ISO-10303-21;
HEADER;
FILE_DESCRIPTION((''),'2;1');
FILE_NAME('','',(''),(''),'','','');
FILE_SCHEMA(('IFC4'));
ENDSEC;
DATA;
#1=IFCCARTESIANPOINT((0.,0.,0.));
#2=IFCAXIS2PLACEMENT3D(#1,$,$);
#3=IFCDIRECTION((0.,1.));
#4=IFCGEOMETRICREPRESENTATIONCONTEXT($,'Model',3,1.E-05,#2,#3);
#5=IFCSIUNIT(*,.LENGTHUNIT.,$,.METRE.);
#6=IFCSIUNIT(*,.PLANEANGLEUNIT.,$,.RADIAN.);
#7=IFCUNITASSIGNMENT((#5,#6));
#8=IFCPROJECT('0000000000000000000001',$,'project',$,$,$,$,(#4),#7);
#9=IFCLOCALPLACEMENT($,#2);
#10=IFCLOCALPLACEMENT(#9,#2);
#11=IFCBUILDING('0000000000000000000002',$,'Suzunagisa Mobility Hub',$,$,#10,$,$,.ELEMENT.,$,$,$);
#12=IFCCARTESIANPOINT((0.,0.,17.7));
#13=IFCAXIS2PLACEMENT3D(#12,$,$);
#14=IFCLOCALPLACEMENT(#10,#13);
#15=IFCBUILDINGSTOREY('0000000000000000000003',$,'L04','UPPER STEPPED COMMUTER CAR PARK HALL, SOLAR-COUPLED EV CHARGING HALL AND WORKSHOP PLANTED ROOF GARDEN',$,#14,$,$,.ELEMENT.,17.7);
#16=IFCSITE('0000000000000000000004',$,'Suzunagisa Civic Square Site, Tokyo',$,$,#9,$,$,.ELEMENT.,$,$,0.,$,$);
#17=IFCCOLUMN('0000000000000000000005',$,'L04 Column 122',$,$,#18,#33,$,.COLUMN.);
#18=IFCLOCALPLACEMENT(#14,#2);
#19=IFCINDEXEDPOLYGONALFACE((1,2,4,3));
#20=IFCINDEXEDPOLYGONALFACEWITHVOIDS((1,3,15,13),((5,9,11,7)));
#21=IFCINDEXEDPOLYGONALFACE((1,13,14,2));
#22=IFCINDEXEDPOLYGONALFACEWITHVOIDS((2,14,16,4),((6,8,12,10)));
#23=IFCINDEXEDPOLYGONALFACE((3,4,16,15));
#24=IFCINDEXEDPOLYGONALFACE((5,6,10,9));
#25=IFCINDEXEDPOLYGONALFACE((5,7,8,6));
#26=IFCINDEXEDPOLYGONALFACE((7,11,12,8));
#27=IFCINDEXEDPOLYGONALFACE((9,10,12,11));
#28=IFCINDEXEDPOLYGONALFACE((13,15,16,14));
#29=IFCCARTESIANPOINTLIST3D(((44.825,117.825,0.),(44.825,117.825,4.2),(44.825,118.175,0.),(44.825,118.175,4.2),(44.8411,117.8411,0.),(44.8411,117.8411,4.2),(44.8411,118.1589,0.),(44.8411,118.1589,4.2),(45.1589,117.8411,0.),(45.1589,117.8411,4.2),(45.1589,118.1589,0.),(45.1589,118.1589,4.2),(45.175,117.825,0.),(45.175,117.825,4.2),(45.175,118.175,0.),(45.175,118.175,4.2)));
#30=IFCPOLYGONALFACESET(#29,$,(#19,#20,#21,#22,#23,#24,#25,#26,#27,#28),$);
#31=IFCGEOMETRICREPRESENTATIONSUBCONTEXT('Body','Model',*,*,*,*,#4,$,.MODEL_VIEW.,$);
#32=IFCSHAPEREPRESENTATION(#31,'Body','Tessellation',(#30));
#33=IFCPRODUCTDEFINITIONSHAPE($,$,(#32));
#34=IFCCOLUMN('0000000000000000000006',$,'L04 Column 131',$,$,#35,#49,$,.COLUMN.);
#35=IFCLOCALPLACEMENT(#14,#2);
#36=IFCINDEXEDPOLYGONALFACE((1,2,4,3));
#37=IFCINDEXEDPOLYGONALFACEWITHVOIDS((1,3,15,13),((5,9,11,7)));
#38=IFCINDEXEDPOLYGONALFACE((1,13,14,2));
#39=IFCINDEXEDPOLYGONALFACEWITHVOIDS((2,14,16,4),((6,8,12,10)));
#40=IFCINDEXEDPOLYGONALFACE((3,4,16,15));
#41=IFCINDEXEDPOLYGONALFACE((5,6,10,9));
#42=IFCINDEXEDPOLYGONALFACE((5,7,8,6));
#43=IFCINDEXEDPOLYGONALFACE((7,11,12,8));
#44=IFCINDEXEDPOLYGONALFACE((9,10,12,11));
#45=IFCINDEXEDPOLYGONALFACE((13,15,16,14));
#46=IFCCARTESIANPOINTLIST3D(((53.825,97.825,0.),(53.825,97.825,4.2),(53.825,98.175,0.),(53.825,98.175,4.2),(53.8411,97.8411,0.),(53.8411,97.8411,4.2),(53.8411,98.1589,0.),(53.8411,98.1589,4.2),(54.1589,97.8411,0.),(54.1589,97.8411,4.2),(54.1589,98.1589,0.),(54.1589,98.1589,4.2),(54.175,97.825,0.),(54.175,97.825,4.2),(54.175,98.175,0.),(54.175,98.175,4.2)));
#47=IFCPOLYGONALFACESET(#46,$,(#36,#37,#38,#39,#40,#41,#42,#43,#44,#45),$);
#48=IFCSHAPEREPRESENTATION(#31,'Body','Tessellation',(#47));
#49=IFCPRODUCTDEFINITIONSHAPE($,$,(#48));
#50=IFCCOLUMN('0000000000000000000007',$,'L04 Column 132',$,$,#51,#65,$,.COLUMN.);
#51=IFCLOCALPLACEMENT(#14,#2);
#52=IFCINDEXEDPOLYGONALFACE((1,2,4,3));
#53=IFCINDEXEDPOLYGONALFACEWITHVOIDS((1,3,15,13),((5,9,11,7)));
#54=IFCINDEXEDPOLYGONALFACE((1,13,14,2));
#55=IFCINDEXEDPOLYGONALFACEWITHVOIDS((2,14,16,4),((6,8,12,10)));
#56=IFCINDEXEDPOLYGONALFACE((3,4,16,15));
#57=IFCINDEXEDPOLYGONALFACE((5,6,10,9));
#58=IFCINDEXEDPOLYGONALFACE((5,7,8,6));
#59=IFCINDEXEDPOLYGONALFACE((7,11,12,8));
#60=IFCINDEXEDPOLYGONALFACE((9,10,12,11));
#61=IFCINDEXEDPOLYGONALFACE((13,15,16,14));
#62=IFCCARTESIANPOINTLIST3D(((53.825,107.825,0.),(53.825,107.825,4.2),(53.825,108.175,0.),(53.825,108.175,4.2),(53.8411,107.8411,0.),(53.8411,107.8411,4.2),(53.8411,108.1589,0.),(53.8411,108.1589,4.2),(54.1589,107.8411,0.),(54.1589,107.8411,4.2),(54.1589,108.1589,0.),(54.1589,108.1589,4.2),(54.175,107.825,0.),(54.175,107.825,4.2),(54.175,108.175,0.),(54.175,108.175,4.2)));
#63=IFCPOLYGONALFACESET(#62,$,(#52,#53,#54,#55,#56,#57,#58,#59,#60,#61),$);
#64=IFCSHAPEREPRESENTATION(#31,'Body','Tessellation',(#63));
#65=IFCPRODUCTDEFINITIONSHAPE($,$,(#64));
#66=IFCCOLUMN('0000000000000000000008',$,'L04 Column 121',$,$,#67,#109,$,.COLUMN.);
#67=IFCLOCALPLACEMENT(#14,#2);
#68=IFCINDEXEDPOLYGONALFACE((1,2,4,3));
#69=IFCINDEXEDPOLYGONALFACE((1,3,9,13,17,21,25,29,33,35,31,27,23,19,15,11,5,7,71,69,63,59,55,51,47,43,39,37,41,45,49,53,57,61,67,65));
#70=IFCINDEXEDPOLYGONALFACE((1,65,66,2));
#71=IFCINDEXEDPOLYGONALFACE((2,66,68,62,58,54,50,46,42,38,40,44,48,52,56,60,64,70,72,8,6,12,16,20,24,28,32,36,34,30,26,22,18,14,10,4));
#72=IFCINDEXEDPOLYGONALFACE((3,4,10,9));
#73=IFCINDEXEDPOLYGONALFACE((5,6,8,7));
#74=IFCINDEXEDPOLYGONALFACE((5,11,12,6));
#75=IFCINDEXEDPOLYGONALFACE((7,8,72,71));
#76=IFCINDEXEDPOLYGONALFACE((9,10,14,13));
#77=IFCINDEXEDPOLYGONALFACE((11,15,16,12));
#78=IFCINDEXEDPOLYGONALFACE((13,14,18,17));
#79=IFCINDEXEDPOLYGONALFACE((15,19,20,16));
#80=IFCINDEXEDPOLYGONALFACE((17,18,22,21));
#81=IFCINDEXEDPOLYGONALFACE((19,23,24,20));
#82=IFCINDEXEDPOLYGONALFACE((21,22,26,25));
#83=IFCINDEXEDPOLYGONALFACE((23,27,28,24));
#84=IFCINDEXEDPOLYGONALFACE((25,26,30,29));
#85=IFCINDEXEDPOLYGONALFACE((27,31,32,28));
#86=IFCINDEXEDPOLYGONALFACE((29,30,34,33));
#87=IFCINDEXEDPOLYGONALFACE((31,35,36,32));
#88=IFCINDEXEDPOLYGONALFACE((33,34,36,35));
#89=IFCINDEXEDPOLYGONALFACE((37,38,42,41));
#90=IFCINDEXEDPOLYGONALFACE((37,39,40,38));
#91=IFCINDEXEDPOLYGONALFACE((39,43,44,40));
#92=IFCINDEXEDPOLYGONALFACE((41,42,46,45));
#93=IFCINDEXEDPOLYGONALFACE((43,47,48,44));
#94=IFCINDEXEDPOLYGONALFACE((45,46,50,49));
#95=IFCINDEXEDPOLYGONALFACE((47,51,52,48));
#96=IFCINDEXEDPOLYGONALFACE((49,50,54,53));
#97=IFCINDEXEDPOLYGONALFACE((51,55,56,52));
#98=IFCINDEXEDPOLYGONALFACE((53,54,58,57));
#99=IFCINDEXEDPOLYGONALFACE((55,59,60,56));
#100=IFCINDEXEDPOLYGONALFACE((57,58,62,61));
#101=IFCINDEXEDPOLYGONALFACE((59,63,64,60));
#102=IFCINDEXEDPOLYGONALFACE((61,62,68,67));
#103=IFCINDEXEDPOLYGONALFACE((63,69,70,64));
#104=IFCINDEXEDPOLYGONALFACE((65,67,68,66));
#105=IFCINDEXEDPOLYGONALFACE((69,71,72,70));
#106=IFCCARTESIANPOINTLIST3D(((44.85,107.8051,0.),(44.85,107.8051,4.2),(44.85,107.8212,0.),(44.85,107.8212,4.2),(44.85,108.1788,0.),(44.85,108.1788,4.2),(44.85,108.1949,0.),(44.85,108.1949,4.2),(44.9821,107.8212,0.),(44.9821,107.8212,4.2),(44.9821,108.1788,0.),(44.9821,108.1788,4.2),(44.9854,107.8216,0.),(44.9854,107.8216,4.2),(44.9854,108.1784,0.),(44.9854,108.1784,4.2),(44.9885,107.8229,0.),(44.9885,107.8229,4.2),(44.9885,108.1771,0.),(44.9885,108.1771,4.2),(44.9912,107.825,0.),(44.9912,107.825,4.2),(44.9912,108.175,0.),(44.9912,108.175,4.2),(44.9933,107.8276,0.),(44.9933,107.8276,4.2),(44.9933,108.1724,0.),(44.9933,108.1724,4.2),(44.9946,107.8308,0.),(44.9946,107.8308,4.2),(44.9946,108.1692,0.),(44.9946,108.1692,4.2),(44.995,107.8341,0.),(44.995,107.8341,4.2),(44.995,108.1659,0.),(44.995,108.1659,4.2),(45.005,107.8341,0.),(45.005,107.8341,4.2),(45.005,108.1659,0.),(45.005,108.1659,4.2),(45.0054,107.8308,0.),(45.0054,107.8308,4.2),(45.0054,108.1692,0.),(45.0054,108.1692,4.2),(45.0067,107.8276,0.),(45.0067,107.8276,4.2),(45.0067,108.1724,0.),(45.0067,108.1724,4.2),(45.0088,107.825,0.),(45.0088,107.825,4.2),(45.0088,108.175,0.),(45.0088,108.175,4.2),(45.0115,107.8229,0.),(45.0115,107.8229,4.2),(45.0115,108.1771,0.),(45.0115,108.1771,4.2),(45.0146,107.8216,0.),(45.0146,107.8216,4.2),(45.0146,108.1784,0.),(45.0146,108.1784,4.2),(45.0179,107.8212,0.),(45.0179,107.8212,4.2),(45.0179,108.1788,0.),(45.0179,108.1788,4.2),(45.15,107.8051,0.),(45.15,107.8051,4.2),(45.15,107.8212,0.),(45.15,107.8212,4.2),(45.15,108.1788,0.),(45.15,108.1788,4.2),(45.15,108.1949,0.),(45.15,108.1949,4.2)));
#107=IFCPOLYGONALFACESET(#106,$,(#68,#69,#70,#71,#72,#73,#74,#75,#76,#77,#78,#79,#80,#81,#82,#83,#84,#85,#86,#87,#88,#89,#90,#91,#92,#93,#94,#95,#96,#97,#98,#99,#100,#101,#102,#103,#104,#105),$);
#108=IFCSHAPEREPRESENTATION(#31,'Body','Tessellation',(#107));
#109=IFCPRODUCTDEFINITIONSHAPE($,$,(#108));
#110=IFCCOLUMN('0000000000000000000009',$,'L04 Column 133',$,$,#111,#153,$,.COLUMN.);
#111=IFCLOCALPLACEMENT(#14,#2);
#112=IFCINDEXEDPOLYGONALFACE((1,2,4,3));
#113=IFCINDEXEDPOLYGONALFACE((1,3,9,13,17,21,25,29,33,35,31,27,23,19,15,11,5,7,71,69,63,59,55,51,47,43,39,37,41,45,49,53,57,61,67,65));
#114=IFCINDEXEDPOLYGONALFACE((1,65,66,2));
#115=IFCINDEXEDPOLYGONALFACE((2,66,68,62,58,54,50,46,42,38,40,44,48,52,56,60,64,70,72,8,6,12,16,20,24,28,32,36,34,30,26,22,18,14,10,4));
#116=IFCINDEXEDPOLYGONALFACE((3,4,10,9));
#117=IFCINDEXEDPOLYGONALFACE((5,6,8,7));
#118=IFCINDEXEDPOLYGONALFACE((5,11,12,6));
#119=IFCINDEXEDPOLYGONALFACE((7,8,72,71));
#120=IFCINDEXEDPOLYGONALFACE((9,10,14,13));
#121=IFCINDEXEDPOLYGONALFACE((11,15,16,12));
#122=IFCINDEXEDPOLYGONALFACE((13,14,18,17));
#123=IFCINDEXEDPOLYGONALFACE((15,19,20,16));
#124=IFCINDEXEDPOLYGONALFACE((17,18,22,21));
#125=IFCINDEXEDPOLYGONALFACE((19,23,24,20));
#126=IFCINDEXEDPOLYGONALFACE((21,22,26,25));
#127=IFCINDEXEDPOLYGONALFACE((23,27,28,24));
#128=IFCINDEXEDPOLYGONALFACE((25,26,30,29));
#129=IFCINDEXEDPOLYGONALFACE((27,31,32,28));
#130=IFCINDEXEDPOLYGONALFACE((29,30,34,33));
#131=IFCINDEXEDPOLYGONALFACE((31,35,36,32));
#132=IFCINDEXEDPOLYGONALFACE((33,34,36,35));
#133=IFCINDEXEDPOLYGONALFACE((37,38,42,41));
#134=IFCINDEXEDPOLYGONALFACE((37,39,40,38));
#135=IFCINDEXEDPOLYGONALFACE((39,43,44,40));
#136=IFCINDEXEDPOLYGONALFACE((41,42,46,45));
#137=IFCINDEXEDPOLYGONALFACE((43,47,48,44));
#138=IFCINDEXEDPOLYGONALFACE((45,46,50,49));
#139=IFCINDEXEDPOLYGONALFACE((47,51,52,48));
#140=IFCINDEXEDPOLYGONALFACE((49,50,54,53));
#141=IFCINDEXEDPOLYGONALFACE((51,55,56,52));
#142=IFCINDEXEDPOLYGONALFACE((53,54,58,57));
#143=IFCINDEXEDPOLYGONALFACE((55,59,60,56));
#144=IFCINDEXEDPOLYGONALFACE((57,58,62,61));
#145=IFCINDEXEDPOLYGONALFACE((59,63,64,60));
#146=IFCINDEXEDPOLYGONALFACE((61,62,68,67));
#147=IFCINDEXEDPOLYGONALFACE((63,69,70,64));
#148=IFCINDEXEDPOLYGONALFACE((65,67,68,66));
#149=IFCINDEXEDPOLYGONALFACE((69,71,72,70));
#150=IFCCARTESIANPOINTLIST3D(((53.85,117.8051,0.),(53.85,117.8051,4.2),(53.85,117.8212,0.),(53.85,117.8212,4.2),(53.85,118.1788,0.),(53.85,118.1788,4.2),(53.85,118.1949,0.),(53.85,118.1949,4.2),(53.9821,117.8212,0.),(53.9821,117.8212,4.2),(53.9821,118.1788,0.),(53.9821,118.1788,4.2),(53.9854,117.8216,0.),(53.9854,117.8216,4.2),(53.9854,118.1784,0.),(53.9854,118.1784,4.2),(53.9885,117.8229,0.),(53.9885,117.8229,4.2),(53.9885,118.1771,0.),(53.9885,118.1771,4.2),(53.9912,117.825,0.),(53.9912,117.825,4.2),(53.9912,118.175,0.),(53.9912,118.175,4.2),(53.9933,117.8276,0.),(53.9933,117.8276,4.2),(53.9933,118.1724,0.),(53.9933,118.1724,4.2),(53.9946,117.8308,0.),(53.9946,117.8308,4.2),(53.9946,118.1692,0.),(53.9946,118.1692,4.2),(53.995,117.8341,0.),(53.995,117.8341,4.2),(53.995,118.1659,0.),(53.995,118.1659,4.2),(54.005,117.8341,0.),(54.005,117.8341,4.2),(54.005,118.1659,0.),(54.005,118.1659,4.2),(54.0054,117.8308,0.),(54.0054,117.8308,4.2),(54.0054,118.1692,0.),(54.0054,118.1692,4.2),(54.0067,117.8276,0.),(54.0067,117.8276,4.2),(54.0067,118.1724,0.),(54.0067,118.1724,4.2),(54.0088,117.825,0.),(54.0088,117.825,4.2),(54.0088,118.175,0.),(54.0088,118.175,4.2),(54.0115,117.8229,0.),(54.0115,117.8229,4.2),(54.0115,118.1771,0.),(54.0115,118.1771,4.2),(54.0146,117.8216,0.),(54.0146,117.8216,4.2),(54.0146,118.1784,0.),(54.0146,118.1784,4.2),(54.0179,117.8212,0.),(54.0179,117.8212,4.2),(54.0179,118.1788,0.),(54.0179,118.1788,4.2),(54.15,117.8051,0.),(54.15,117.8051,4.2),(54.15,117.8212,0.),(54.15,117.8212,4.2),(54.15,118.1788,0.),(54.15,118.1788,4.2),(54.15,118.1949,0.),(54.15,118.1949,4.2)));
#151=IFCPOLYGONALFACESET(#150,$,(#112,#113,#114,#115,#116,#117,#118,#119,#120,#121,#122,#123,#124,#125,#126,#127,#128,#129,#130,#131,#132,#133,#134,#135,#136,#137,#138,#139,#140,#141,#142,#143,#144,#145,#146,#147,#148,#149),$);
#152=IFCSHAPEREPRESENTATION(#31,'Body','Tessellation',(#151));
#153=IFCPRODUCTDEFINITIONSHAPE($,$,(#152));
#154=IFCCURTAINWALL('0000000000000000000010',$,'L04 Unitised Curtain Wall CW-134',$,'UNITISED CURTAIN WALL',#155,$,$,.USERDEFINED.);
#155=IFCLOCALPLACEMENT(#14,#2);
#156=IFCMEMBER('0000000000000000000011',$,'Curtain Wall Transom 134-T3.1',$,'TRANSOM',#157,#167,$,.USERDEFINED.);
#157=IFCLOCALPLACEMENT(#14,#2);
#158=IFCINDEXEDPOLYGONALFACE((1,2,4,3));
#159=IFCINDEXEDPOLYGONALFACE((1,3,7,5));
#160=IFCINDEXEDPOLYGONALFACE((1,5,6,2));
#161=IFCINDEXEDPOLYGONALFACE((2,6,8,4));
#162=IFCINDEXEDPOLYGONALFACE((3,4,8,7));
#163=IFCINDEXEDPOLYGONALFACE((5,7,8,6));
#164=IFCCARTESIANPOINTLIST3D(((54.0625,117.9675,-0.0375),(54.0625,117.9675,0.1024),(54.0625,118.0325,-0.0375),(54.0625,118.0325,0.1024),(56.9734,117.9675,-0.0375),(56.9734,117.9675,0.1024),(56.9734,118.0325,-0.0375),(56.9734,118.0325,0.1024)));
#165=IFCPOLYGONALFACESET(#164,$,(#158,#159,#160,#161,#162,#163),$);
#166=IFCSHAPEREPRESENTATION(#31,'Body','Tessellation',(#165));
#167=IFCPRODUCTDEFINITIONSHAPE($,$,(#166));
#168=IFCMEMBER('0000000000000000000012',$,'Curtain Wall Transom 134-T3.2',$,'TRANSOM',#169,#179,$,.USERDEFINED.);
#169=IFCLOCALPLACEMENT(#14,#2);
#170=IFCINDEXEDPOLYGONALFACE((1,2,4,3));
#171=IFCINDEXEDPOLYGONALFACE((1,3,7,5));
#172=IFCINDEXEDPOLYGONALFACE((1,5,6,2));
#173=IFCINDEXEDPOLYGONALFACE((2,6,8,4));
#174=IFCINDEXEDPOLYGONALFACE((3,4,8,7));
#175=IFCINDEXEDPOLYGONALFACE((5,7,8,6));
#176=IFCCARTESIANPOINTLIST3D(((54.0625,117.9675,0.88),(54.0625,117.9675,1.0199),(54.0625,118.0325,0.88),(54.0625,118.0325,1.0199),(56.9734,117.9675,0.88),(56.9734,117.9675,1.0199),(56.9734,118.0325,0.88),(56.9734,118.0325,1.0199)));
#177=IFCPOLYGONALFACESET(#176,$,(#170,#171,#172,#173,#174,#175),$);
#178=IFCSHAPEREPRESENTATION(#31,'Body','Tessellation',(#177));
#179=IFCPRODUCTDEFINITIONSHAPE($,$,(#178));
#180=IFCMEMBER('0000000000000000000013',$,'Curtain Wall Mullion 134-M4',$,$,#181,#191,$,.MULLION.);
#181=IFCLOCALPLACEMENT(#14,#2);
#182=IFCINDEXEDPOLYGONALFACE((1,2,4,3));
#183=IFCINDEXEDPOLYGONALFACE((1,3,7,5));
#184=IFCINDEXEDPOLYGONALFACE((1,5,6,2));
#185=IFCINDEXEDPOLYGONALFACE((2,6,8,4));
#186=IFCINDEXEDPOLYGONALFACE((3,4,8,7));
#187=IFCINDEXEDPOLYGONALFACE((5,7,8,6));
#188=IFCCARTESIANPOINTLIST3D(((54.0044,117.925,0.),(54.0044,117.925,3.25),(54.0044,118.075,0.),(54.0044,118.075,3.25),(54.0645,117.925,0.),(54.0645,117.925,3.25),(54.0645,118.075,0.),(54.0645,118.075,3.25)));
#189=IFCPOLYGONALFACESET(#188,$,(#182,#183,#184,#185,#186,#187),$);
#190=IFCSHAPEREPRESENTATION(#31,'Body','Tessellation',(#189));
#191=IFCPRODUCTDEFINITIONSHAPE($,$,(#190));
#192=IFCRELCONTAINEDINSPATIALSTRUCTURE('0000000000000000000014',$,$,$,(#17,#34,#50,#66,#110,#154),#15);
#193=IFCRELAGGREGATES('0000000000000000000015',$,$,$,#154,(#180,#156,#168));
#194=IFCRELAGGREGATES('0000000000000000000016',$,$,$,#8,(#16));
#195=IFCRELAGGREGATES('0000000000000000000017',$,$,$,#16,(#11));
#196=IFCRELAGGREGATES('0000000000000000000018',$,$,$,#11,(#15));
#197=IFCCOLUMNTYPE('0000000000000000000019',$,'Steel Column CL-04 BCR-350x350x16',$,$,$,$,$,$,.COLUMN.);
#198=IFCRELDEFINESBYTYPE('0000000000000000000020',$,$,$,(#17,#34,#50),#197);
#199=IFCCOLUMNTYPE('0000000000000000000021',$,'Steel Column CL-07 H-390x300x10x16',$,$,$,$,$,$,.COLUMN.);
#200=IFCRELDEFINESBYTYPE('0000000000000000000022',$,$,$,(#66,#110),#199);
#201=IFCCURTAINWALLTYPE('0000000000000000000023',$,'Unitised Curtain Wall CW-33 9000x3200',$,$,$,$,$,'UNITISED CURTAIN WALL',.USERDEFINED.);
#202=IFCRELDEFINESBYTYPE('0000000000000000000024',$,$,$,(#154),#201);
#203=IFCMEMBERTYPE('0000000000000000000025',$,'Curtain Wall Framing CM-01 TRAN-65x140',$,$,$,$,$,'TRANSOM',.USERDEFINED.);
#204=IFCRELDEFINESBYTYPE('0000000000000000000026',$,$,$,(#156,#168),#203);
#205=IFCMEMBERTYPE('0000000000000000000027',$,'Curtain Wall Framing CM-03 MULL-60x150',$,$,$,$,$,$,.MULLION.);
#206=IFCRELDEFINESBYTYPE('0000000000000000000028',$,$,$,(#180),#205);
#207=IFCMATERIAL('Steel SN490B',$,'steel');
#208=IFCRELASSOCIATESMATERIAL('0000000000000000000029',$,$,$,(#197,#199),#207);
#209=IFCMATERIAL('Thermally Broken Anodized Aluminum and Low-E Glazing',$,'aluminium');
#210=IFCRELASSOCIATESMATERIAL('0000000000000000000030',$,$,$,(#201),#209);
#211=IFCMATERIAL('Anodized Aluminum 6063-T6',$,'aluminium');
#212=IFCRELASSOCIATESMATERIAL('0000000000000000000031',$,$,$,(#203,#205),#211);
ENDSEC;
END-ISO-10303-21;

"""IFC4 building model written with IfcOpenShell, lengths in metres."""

from ifc_helpers import new_model, si_unit, direction, frame, origin, origin_2d, place, context, subcontext, project, spatial, rectangle, hollow_rectangle, i_section, extrude, material, material_profile, profile_set, type_object, element, aggregate, save


model = new_model("IFC4")

# Units and contexts
model_context = context("Model", 3, precision=1e-05, world=origin(), true_north=direction((0.0, 1.0)))
body_context = subcontext(model_context, "Body", "Model", "MODEL_VIEW")
ifc_project = project(units=[si_unit("LENGTHUNIT", "METRE"), si_unit("PLANEANGLEUNIT", "RADIAN")], contexts=[model_context])

# Site, building, storey
site_placement = place(None, origin())
site = spatial("IfcSite", under=ifc_project, at=site_placement, Name="Suzunagisa Civic Square Site, Tokyo", CompositionType="ELEMENT", RefElevation=0.0)
building_placement = place(site_placement, origin())
building = spatial("IfcBuilding", under=site, at=building_placement, Name="Suzunagisa Mobility Hub", CompositionType="ELEMENT")
storey_placement = place(building_placement, frame((0.0, 0.0, 17.7)))
storey = spatial("IfcBuildingStorey", under=building, at=storey_placement, Name="L04", Description="UPPER STEPPED COMMUTER CAR PARK HALL, SOLAR-COUPLED EV CHARGING HALL AND WORKSHOP PLANTED ROOF GARDEN", CompositionType="ELEMENT", Elevation=17.7)

# Columns
ifc_material_1 = material(Name="Steel SN490B", Category="steel")
ifc_material_profile_1 = material_profile(ifc_material_1, hollow_rectangle(XDim=0.3501, YDim=0.3501, WallThickness=0.0161, at=origin_2d()), Name="BCR-350x350x16")
ifc_profile_set_1 = profile_set([ifc_material_profile_1], Name="Steel SN490B")
column_type_1 = type_object("IfcColumnType", Name="Steel Column CL-04 BCR-350x350x16", PredefinedType="COLUMN", material=ifc_profile_set_1)
for number, where, z_axis, x_axis, name in (
    (1, (45.0, 118.0, 0.0), (0.0, 0.0, 1.0), (1.0, 0.0, 0.0), "L04 Column 122"),
    (2, (54.0, 98.0, 0.0), (0.0, 0.0, 1.0), (1.0, 0.0, 0.0), "L04 Column 131"),
    (3, (54.0, 108.0, 0.0), (0.0, 0.0, 1.0), (1.0, 0.0, 0.0), "L04 Column 132"),
):
    element("IfcColumn", number, at=place(storey_placement, frame(where, z_axis=z_axis, x_axis=x_axis)), inside=storey, type_object=column_type_1, Name=name, PredefinedType="COLUMN", context=body_context, shape_type="SweptSolid", body=[
        extrude(hollow_rectangle(XDim=0.3501, YDim=0.3501, WallThickness=0.0161, at=origin_2d()), origin(), (0.0, 0.0, 1.0), 4.2),
    ])
ifc_material_profile_2 = material_profile(ifc_material_1, i_section(OverallWidth=0.3, OverallDepth=0.3899, WebThickness=0.01, FlangeThickness=0.0161, FilletRadius=0.0129, at=origin_2d()), Name="H-390x300x10x16")
ifc_profile_set_2 = profile_set([ifc_material_profile_2], Name="Steel SN490B")
column_type_2 = type_object("IfcColumnType", Name="Steel Column CL-07 H-390x300x10x16", PredefinedType="COLUMN", material=ifc_profile_set_2)
for number, where, z_axis, x_axis, name in (
    (4, (45.0, 108.0, 0.0), (0.0, 0.0, 1.0), (1.0, 0.0, 0.0), "L04 Column 121"),
    (5, (54.0, 118.0, 0.0), (0.0, 0.0, 1.0), (1.0, 0.0, 0.0), "L04 Column 133"),
):
    element("IfcColumn", number, at=place(storey_placement, frame(where, z_axis=z_axis, x_axis=x_axis)), inside=storey, type_object=column_type_2, Name=name, PredefinedType="COLUMN", context=body_context, shape_type="SweptSolid", body=[
        extrude(i_section(OverallWidth=0.3, OverallDepth=0.3899, WebThickness=0.01, FlangeThickness=0.0161, FilletRadius=0.0129, at=origin_2d()), origin(), (0.0, 0.0, 1.0), 4.2),
    ])

# Curtain wall, members
ifc_material_2 = material(Name="Thermally Broken Anodized Aluminum and Low-E Glazing", Category="aluminium")
curtain_wall_type = type_object("IfcCurtainWallType", Name="Unitised Curtain Wall CW-33 9000x3200", ElementType="UNITISED CURTAIN WALL", PredefinedType="USERDEFINED", material=ifc_material_2)
curtain_wall_placement = place(storey_placement, origin())
curtain_wall = element("IfcCurtainWall", 6, at=curtain_wall_placement, inside=storey, type_object=curtain_wall_type, Name="L04 Unitised Curtain Wall CW-134", ObjectType="UNITISED CURTAIN WALL", PredefinedType="USERDEFINED")
ifc_material_3 = material(Name="Anodized Aluminum 6063-T6", Category="aluminium")
ifc_material_profile_3 = material_profile(ifc_material_3, rectangle(XDim=0.0649, YDim=0.1399, at=origin_2d()), Name="TRAN-65x140")
ifc_profile_set_3 = profile_set([ifc_material_profile_3], Name="Anodized Aluminum 6063-T6")
member_type_1 = type_object("IfcMemberType", Name="Curtain Wall Framing CM-01 TRAN-65x140", ElementType="TRANSOM", PredefinedType="USERDEFINED", material=ifc_profile_set_3)
member_1_placement = place(storey_placement, frame((56.9734, 118.0, 0.0325), z_axis=(-1.0, 0.0, 0.0), x_axis=(0.0, -1.0, 0.0)))
member_1 = element("IfcMember", 7, at=member_1_placement, type_object=member_type_1, Name="Curtain Wall Transom 134-T3.1", ObjectType="TRANSOM", PredefinedType="USERDEFINED", context=body_context, shape_type="SweptSolid", body=[
    extrude(rectangle(XDim=0.0649, YDim=0.1399, at=origin_2d()), origin(), (0.0, 0.0, 1.0), 2.9109),
])
member_2_placement = place(storey_placement, frame((56.9734, 118.0, 0.95), z_axis=(-1.0, 0.0, 0.0), x_axis=(0.0, -1.0, 0.0)))
member_2 = element("IfcMember", 8, at=member_2_placement, type_object=member_type_1, Name="Curtain Wall Transom 134-T3.2", ObjectType="TRANSOM", PredefinedType="USERDEFINED", context=body_context, shape_type="SweptSolid", body=[
    extrude(rectangle(XDim=0.0649, YDim=0.1399, at=origin_2d()), origin(), (0.0, 0.0, 1.0), 2.9109),
])
ifc_material_profile_4 = material_profile(ifc_material_3, rectangle(XDim=0.0601, YDim=0.1499, at=origin_2d()), Name="MULL-60x150")
ifc_profile_set_4 = profile_set([ifc_material_profile_4], Name="Anodized Aluminum 6063-T6")
member_type_2 = type_object("IfcMemberType", Name="Curtain Wall Framing CM-03 MULL-60x150", PredefinedType="MULLION", material=ifc_profile_set_4)
member_3_placement = place(storey_placement, frame((54.0344, 118.0, 0.0), z_axis=(0.0, 0.0, 1.0), x_axis=(-1.0, 0.0, 0.0)))
member_3 = element("IfcMember", 9, at=member_3_placement, type_object=member_type_2, Name="Curtain Wall Mullion 134-M4", PredefinedType="MULLION", context=body_context, shape_type="SweptSolid", body=[
    extrude(rectangle(XDim=0.0601, YDim=0.1499, at=origin_2d()), origin(), (0.0, 0.0, 1.0), 3.25),
])

aggregate(curtain_wall, [member_3, member_1, member_2])

save(model, "model.ifc")
